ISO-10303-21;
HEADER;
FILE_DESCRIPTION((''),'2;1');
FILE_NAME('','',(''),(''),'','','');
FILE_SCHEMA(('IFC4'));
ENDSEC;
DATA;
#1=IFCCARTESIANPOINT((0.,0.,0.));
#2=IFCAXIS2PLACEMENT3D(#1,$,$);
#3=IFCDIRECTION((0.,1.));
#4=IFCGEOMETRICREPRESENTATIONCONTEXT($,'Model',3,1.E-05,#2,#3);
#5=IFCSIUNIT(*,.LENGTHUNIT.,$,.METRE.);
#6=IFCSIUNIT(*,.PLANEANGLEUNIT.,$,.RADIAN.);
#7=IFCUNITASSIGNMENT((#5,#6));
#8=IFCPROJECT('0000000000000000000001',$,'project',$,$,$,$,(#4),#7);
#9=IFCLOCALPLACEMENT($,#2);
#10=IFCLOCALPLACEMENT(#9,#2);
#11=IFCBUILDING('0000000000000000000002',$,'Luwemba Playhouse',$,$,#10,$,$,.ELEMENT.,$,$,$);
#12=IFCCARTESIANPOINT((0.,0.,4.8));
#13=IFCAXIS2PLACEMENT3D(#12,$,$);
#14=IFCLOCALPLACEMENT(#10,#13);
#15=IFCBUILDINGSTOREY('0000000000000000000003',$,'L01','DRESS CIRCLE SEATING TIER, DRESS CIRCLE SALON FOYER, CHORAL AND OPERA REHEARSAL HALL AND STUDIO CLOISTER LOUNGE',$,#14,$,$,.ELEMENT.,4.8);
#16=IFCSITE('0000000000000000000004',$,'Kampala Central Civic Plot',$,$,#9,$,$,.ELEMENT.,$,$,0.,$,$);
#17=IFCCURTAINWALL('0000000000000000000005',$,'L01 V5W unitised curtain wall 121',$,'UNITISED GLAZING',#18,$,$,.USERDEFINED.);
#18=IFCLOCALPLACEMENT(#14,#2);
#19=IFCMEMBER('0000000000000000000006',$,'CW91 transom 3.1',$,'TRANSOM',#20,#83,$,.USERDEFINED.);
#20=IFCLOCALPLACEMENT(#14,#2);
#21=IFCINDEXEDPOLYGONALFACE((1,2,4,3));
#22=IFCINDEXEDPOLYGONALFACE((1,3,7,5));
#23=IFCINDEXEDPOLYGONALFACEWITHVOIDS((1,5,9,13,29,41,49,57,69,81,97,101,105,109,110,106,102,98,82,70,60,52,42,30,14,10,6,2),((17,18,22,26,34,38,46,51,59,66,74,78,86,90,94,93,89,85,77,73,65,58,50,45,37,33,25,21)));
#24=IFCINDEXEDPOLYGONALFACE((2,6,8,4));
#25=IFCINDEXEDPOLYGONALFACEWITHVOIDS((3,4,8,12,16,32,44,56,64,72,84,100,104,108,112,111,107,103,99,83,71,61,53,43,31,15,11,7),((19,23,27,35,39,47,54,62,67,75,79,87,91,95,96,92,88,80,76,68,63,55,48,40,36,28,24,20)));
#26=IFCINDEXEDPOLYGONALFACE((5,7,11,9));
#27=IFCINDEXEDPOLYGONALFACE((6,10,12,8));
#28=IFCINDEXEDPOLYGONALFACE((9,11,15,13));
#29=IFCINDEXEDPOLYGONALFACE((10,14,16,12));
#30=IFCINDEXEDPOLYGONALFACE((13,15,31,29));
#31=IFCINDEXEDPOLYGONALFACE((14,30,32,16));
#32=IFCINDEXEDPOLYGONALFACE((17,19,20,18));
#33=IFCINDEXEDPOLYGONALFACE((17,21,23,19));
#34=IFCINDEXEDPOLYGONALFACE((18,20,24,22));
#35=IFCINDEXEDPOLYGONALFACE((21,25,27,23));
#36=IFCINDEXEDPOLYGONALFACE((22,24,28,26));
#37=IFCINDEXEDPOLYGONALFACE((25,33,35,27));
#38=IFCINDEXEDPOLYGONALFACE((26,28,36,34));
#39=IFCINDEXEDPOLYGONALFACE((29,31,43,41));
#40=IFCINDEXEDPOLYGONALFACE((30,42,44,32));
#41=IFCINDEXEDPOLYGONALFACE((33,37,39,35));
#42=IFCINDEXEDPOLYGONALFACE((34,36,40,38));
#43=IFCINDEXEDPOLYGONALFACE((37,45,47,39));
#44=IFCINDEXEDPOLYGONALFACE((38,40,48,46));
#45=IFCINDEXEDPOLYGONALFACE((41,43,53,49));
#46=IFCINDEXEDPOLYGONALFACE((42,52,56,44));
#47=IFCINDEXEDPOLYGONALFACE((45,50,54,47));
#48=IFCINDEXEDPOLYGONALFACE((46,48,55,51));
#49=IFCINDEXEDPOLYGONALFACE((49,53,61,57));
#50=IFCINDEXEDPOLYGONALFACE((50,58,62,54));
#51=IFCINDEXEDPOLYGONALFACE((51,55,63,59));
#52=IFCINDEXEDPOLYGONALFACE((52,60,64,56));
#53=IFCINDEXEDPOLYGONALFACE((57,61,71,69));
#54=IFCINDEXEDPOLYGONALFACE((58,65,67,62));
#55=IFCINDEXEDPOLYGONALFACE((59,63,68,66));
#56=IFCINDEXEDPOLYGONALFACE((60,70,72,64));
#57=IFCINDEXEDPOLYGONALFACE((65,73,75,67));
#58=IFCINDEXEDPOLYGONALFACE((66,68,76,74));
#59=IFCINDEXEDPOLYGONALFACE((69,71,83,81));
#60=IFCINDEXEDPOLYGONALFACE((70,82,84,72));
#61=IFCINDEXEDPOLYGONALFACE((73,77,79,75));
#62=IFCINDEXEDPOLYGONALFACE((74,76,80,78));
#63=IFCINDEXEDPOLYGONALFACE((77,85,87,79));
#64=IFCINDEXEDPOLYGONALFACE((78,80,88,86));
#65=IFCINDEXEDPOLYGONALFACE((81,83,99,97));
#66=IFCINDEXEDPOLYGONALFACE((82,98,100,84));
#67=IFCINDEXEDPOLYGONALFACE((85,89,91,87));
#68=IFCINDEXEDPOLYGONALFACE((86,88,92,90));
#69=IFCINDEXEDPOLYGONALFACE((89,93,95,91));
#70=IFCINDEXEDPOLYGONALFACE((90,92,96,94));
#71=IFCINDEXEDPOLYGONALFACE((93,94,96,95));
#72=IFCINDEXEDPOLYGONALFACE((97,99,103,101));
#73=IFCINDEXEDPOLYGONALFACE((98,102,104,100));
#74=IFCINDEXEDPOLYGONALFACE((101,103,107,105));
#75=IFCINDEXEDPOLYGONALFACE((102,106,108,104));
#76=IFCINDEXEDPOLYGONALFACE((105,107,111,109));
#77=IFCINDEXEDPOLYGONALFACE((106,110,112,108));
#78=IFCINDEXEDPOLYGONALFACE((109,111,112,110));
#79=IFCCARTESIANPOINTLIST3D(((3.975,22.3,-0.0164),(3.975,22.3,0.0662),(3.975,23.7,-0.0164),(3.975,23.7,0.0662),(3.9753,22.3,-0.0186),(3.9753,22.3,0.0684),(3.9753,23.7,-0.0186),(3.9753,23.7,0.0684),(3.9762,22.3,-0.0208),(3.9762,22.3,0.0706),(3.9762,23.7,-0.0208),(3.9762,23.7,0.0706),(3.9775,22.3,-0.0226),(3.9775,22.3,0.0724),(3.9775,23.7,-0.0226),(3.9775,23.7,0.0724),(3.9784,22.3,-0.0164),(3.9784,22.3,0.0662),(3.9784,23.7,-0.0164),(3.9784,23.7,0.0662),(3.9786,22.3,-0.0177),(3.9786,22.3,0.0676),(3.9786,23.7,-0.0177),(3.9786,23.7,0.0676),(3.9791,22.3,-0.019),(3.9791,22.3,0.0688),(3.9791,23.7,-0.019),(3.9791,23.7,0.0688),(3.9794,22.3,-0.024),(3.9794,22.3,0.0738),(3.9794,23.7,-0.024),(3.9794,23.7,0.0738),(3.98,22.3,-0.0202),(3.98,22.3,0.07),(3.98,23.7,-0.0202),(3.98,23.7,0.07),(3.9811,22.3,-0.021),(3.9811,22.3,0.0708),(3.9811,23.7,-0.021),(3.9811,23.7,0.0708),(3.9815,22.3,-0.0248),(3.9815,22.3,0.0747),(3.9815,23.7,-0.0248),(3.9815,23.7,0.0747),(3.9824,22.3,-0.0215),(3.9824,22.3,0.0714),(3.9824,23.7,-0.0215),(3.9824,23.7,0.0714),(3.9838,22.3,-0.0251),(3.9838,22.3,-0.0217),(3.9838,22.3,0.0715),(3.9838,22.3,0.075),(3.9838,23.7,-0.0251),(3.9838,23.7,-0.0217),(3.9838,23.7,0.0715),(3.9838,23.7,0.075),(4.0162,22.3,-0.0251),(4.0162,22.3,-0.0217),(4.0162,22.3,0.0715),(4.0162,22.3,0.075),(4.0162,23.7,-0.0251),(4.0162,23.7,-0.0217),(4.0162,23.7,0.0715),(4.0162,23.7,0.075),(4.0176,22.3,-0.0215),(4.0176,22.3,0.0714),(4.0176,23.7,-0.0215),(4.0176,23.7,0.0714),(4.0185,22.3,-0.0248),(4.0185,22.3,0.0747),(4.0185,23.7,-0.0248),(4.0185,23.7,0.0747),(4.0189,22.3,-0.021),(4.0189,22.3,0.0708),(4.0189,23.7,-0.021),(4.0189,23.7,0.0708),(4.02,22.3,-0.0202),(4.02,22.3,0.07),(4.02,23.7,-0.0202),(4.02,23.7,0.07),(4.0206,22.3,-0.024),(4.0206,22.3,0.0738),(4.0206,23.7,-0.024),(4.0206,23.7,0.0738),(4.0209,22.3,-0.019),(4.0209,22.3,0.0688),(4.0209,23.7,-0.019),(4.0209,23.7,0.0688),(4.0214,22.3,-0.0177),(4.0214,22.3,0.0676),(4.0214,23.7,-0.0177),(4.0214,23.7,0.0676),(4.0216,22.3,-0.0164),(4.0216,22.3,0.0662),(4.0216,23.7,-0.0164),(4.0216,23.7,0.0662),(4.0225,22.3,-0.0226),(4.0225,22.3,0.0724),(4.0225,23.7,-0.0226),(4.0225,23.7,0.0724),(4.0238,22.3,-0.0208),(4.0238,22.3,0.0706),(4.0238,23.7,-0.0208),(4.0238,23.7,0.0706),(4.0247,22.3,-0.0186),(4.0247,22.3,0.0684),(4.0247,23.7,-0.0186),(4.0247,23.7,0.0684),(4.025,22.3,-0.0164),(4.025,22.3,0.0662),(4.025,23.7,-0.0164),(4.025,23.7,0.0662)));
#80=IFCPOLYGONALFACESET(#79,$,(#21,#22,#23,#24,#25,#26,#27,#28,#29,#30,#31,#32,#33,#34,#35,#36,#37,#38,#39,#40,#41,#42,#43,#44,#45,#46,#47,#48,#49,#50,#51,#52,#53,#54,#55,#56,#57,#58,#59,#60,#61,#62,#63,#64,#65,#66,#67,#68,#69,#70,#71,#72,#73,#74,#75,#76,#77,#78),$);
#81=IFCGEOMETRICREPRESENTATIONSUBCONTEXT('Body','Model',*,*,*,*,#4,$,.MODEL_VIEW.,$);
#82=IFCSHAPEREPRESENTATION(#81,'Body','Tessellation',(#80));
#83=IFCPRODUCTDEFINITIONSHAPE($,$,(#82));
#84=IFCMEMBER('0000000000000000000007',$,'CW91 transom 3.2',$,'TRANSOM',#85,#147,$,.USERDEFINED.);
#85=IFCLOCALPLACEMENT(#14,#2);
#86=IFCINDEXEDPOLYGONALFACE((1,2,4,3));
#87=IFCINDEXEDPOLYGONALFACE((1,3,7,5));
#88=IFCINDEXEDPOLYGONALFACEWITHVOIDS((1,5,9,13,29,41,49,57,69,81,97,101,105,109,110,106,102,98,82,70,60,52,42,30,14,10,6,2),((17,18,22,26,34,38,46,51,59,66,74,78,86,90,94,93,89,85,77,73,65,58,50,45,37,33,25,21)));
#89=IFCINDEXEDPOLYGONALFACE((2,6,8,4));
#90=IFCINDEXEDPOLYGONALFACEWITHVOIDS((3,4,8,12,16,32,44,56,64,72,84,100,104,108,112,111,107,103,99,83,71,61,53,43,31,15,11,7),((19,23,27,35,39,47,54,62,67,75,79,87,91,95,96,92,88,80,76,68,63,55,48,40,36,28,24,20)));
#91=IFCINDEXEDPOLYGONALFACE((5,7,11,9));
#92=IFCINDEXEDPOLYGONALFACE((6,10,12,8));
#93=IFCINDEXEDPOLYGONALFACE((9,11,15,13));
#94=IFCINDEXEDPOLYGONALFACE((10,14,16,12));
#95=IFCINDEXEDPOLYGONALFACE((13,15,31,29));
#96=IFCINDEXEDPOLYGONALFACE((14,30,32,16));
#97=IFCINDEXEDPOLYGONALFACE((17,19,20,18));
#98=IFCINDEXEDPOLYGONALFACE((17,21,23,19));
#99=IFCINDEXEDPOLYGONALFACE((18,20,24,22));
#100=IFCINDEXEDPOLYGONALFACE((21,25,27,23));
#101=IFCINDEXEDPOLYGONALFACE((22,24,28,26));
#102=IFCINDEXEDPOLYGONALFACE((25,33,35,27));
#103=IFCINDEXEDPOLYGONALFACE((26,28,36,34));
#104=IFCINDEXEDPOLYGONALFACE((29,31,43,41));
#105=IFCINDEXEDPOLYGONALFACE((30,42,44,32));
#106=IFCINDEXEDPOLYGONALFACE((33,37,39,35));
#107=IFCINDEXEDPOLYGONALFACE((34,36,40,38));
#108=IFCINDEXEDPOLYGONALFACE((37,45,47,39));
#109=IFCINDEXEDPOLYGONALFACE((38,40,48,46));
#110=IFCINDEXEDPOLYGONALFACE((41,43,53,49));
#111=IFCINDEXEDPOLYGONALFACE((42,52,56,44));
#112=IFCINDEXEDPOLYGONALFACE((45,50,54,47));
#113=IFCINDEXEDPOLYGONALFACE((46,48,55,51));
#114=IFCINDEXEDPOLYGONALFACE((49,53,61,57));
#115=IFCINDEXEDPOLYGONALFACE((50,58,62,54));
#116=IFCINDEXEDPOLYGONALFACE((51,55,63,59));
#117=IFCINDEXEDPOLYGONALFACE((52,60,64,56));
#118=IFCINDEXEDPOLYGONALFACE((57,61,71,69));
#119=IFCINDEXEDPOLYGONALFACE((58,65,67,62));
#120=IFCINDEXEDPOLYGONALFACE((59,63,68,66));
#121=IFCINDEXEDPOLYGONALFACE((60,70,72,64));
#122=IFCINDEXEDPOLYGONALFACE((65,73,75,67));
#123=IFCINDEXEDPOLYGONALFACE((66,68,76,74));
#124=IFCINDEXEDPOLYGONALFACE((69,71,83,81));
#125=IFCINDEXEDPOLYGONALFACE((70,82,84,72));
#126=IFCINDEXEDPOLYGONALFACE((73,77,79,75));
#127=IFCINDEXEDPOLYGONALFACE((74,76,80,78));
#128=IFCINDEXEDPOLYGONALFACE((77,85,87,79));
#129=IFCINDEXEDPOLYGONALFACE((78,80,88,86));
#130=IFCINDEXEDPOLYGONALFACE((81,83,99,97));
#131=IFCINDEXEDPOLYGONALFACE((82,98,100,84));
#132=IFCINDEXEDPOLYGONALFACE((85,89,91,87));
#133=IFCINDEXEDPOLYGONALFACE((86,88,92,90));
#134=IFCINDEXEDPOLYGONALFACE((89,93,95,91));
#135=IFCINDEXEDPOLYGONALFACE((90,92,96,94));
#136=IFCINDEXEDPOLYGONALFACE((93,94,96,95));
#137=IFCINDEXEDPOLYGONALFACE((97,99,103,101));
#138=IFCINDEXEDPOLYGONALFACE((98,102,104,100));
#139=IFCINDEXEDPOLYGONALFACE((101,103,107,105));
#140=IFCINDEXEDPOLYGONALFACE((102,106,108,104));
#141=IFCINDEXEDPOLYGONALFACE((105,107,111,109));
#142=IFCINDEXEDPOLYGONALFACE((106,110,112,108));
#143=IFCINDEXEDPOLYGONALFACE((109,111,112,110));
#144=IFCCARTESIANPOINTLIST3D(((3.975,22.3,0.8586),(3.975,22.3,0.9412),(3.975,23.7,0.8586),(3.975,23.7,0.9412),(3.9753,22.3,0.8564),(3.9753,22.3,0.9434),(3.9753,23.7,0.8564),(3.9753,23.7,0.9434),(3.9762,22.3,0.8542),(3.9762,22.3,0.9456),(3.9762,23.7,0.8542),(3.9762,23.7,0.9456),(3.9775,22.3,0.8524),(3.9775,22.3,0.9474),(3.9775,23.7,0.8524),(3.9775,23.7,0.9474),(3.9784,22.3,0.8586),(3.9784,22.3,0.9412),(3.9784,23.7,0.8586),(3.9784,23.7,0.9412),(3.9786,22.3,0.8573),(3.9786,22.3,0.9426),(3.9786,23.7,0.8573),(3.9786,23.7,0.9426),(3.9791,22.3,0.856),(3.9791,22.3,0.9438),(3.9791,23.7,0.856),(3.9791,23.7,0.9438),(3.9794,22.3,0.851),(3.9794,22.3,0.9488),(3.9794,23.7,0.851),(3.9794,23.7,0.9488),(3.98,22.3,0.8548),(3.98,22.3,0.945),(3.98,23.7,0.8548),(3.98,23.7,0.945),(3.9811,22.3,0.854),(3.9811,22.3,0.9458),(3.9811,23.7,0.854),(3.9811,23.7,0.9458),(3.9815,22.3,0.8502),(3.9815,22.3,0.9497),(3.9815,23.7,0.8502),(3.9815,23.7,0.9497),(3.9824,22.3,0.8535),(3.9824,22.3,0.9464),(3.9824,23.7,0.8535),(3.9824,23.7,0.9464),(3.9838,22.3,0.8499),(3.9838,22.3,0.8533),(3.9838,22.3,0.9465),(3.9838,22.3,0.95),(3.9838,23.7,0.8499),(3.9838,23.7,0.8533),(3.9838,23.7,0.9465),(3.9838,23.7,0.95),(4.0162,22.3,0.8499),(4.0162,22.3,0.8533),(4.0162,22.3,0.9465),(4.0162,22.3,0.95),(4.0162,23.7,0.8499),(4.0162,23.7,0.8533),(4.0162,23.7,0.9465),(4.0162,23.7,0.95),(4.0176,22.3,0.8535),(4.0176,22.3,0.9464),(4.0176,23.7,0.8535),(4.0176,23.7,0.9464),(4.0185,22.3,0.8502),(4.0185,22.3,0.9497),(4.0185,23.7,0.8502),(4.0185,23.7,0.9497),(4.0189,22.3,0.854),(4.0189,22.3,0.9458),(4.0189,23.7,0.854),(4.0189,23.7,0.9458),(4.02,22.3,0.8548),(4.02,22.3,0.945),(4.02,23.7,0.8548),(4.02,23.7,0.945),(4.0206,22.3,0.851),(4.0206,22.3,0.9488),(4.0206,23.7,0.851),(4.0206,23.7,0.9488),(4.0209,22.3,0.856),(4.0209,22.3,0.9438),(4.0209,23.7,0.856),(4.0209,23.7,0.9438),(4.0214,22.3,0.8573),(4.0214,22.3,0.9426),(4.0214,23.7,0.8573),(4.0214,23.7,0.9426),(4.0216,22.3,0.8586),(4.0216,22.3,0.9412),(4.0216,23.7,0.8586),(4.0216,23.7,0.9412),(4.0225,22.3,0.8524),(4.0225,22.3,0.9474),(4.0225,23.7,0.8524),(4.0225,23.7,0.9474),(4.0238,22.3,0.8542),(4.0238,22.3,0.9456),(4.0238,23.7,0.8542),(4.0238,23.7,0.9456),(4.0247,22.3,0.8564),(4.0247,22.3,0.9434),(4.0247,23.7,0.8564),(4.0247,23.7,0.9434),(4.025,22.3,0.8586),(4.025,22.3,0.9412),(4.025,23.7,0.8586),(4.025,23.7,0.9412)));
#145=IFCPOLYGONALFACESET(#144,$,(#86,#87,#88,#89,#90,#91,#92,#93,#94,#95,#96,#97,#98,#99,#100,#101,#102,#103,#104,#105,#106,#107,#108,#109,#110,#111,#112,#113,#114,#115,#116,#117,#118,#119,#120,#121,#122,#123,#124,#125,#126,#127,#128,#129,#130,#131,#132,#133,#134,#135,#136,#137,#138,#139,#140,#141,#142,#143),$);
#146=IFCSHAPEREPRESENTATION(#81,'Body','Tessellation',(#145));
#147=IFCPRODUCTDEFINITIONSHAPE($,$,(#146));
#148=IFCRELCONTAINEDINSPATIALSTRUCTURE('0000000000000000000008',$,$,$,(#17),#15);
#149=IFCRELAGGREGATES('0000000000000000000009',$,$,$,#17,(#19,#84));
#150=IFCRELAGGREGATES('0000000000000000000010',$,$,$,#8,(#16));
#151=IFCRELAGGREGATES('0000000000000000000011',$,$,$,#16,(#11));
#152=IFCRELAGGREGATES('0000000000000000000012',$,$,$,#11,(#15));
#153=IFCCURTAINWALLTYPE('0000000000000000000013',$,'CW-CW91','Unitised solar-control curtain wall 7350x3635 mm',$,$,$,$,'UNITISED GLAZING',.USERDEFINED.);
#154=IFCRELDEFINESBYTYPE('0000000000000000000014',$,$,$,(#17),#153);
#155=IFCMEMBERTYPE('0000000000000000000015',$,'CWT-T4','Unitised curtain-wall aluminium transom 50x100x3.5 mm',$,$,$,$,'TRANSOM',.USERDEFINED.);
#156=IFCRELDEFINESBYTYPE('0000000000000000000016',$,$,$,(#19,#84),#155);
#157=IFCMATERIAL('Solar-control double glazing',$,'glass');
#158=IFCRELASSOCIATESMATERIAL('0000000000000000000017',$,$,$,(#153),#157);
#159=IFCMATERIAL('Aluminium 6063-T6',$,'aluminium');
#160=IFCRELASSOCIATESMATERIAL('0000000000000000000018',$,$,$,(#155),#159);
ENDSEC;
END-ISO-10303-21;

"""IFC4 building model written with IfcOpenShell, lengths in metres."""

from ifc_helpers import new_model, si_unit, direction, frame, origin, origin_2d, place, context, subcontext, project, spatial, hollow_rectangle, extrude, material, material_profile, profile_set, type_object, element, aggregate, save


model = new_model("IFC4")

# Units and contexts
model_context = context("Model", 3, precision=1e-05, world=origin(), true_north=direction((0.0, 1.0)))
body_context = subcontext(model_context, "Body", "Model", "MODEL_VIEW")
ifc_project = project(units=[si_unit("LENGTHUNIT", "METRE"), si_unit("PLANEANGLEUNIT", "RADIAN")], contexts=[model_context])

# Site, building, storey
site_placement = place(None, origin())
site = spatial("IfcSite", under=ifc_project, at=site_placement, Name="Kampala Central Civic Plot", CompositionType="ELEMENT", RefElevation=0.0)
building_placement = place(site_placement, origin())
building = spatial("IfcBuilding", under=site, at=building_placement, Name="Luwemba Playhouse", CompositionType="ELEMENT")
storey_placement = place(building_placement, frame((0.0, 0.0, 4.8)))
storey = spatial("IfcBuildingStorey", under=building, at=storey_placement, Name="L01", Description="DRESS CIRCLE SEATING TIER, DRESS CIRCLE SALON FOYER, CHORAL AND OPERA REHEARSAL HALL AND STUDIO CLOISTER LOUNGE", CompositionType="ELEMENT", Elevation=4.8)

# Shared definitions
ifc_material_1 = material(Name="Solar-control double glazing", Category="glass")
ifc_material_2 = material(Name="Aluminium 6063-T6", Category="aluminium")

# Curtain wall
curtain_wall_type_1 = type_object("IfcCurtainWallType", Name="CW-CW91", Description="Unitised solar-control curtain wall 7350x3635 mm", ElementType="UNITISED GLAZING", PredefinedType="USERDEFINED", material=ifc_material_1)
curtain_wall_1_placement = place(storey_placement, origin())
curtain_wall_1 = element("IfcCurtainWall", 1, at=curtain_wall_1_placement, inside=storey, type_object=curtain_wall_type_1, Name="L01 V5W unitised curtain wall 121", ObjectType="UNITISED GLAZING", PredefinedType="USERDEFINED")

# Members
ifc_material_profile_1 = material_profile(ifc_material_2, hollow_rectangle(XDim=0.05, YDim=0.1001, WallThickness=0.0034, InnerFilletRadius=0.0054, OuterFilletRadius=0.0088, at=origin_2d()))
ifc_profile_set_1 = profile_set([ifc_material_profile_1], Name="Aluminium 6063-T6")
member_type_1 = type_object("IfcMemberType", Name="CWT-T4", Description="Unitised curtain-wall aluminium transom 50x100x3.5 mm", ElementType="TRANSOM", PredefinedType="USERDEFINED", material=ifc_profile_set_1)
member_1_placement = place(storey_placement, frame((4.0, 22.3, 0.0249), z_axis=(0.0, 1.0, 0.0), x_axis=(-1.0, 0.0, 0.0)))
member_1 = element("IfcMember", 2, at=member_1_placement, type_object=member_type_1, Name="CW91 transom 3.1", ObjectType="TRANSOM", PredefinedType="USERDEFINED", context=body_context, shape_type="SweptSolid", body=[
    extrude(hollow_rectangle(XDim=0.05, YDim=0.1001, WallThickness=0.0034, InnerFilletRadius=0.0054, OuterFilletRadius=0.0088, at=origin_2d()), origin(), (0.0, 0.0, 1.0), 1.3999),
])
member_2_placement = place(storey_placement, frame((4.0, 22.3, 0.8999), z_axis=(0.0, 1.0, 0.0), x_axis=(-1.0, 0.0, 0.0)))
member_2 = element("IfcMember", 3, at=member_2_placement, type_object=member_type_1, Name="CW91 transom 3.2", ObjectType="TRANSOM", PredefinedType="USERDEFINED", context=body_context, shape_type="SweptSolid", body=[
    extrude(hollow_rectangle(XDim=0.05, YDim=0.1001, WallThickness=0.0034, InnerFilletRadius=0.0054, OuterFilletRadius=0.0088, at=origin_2d()), origin(), (0.0, 0.0, 1.0), 1.3999),
])

aggregate(curtain_wall_1, [member_1, member_2])

save(model, "model.ifc")
